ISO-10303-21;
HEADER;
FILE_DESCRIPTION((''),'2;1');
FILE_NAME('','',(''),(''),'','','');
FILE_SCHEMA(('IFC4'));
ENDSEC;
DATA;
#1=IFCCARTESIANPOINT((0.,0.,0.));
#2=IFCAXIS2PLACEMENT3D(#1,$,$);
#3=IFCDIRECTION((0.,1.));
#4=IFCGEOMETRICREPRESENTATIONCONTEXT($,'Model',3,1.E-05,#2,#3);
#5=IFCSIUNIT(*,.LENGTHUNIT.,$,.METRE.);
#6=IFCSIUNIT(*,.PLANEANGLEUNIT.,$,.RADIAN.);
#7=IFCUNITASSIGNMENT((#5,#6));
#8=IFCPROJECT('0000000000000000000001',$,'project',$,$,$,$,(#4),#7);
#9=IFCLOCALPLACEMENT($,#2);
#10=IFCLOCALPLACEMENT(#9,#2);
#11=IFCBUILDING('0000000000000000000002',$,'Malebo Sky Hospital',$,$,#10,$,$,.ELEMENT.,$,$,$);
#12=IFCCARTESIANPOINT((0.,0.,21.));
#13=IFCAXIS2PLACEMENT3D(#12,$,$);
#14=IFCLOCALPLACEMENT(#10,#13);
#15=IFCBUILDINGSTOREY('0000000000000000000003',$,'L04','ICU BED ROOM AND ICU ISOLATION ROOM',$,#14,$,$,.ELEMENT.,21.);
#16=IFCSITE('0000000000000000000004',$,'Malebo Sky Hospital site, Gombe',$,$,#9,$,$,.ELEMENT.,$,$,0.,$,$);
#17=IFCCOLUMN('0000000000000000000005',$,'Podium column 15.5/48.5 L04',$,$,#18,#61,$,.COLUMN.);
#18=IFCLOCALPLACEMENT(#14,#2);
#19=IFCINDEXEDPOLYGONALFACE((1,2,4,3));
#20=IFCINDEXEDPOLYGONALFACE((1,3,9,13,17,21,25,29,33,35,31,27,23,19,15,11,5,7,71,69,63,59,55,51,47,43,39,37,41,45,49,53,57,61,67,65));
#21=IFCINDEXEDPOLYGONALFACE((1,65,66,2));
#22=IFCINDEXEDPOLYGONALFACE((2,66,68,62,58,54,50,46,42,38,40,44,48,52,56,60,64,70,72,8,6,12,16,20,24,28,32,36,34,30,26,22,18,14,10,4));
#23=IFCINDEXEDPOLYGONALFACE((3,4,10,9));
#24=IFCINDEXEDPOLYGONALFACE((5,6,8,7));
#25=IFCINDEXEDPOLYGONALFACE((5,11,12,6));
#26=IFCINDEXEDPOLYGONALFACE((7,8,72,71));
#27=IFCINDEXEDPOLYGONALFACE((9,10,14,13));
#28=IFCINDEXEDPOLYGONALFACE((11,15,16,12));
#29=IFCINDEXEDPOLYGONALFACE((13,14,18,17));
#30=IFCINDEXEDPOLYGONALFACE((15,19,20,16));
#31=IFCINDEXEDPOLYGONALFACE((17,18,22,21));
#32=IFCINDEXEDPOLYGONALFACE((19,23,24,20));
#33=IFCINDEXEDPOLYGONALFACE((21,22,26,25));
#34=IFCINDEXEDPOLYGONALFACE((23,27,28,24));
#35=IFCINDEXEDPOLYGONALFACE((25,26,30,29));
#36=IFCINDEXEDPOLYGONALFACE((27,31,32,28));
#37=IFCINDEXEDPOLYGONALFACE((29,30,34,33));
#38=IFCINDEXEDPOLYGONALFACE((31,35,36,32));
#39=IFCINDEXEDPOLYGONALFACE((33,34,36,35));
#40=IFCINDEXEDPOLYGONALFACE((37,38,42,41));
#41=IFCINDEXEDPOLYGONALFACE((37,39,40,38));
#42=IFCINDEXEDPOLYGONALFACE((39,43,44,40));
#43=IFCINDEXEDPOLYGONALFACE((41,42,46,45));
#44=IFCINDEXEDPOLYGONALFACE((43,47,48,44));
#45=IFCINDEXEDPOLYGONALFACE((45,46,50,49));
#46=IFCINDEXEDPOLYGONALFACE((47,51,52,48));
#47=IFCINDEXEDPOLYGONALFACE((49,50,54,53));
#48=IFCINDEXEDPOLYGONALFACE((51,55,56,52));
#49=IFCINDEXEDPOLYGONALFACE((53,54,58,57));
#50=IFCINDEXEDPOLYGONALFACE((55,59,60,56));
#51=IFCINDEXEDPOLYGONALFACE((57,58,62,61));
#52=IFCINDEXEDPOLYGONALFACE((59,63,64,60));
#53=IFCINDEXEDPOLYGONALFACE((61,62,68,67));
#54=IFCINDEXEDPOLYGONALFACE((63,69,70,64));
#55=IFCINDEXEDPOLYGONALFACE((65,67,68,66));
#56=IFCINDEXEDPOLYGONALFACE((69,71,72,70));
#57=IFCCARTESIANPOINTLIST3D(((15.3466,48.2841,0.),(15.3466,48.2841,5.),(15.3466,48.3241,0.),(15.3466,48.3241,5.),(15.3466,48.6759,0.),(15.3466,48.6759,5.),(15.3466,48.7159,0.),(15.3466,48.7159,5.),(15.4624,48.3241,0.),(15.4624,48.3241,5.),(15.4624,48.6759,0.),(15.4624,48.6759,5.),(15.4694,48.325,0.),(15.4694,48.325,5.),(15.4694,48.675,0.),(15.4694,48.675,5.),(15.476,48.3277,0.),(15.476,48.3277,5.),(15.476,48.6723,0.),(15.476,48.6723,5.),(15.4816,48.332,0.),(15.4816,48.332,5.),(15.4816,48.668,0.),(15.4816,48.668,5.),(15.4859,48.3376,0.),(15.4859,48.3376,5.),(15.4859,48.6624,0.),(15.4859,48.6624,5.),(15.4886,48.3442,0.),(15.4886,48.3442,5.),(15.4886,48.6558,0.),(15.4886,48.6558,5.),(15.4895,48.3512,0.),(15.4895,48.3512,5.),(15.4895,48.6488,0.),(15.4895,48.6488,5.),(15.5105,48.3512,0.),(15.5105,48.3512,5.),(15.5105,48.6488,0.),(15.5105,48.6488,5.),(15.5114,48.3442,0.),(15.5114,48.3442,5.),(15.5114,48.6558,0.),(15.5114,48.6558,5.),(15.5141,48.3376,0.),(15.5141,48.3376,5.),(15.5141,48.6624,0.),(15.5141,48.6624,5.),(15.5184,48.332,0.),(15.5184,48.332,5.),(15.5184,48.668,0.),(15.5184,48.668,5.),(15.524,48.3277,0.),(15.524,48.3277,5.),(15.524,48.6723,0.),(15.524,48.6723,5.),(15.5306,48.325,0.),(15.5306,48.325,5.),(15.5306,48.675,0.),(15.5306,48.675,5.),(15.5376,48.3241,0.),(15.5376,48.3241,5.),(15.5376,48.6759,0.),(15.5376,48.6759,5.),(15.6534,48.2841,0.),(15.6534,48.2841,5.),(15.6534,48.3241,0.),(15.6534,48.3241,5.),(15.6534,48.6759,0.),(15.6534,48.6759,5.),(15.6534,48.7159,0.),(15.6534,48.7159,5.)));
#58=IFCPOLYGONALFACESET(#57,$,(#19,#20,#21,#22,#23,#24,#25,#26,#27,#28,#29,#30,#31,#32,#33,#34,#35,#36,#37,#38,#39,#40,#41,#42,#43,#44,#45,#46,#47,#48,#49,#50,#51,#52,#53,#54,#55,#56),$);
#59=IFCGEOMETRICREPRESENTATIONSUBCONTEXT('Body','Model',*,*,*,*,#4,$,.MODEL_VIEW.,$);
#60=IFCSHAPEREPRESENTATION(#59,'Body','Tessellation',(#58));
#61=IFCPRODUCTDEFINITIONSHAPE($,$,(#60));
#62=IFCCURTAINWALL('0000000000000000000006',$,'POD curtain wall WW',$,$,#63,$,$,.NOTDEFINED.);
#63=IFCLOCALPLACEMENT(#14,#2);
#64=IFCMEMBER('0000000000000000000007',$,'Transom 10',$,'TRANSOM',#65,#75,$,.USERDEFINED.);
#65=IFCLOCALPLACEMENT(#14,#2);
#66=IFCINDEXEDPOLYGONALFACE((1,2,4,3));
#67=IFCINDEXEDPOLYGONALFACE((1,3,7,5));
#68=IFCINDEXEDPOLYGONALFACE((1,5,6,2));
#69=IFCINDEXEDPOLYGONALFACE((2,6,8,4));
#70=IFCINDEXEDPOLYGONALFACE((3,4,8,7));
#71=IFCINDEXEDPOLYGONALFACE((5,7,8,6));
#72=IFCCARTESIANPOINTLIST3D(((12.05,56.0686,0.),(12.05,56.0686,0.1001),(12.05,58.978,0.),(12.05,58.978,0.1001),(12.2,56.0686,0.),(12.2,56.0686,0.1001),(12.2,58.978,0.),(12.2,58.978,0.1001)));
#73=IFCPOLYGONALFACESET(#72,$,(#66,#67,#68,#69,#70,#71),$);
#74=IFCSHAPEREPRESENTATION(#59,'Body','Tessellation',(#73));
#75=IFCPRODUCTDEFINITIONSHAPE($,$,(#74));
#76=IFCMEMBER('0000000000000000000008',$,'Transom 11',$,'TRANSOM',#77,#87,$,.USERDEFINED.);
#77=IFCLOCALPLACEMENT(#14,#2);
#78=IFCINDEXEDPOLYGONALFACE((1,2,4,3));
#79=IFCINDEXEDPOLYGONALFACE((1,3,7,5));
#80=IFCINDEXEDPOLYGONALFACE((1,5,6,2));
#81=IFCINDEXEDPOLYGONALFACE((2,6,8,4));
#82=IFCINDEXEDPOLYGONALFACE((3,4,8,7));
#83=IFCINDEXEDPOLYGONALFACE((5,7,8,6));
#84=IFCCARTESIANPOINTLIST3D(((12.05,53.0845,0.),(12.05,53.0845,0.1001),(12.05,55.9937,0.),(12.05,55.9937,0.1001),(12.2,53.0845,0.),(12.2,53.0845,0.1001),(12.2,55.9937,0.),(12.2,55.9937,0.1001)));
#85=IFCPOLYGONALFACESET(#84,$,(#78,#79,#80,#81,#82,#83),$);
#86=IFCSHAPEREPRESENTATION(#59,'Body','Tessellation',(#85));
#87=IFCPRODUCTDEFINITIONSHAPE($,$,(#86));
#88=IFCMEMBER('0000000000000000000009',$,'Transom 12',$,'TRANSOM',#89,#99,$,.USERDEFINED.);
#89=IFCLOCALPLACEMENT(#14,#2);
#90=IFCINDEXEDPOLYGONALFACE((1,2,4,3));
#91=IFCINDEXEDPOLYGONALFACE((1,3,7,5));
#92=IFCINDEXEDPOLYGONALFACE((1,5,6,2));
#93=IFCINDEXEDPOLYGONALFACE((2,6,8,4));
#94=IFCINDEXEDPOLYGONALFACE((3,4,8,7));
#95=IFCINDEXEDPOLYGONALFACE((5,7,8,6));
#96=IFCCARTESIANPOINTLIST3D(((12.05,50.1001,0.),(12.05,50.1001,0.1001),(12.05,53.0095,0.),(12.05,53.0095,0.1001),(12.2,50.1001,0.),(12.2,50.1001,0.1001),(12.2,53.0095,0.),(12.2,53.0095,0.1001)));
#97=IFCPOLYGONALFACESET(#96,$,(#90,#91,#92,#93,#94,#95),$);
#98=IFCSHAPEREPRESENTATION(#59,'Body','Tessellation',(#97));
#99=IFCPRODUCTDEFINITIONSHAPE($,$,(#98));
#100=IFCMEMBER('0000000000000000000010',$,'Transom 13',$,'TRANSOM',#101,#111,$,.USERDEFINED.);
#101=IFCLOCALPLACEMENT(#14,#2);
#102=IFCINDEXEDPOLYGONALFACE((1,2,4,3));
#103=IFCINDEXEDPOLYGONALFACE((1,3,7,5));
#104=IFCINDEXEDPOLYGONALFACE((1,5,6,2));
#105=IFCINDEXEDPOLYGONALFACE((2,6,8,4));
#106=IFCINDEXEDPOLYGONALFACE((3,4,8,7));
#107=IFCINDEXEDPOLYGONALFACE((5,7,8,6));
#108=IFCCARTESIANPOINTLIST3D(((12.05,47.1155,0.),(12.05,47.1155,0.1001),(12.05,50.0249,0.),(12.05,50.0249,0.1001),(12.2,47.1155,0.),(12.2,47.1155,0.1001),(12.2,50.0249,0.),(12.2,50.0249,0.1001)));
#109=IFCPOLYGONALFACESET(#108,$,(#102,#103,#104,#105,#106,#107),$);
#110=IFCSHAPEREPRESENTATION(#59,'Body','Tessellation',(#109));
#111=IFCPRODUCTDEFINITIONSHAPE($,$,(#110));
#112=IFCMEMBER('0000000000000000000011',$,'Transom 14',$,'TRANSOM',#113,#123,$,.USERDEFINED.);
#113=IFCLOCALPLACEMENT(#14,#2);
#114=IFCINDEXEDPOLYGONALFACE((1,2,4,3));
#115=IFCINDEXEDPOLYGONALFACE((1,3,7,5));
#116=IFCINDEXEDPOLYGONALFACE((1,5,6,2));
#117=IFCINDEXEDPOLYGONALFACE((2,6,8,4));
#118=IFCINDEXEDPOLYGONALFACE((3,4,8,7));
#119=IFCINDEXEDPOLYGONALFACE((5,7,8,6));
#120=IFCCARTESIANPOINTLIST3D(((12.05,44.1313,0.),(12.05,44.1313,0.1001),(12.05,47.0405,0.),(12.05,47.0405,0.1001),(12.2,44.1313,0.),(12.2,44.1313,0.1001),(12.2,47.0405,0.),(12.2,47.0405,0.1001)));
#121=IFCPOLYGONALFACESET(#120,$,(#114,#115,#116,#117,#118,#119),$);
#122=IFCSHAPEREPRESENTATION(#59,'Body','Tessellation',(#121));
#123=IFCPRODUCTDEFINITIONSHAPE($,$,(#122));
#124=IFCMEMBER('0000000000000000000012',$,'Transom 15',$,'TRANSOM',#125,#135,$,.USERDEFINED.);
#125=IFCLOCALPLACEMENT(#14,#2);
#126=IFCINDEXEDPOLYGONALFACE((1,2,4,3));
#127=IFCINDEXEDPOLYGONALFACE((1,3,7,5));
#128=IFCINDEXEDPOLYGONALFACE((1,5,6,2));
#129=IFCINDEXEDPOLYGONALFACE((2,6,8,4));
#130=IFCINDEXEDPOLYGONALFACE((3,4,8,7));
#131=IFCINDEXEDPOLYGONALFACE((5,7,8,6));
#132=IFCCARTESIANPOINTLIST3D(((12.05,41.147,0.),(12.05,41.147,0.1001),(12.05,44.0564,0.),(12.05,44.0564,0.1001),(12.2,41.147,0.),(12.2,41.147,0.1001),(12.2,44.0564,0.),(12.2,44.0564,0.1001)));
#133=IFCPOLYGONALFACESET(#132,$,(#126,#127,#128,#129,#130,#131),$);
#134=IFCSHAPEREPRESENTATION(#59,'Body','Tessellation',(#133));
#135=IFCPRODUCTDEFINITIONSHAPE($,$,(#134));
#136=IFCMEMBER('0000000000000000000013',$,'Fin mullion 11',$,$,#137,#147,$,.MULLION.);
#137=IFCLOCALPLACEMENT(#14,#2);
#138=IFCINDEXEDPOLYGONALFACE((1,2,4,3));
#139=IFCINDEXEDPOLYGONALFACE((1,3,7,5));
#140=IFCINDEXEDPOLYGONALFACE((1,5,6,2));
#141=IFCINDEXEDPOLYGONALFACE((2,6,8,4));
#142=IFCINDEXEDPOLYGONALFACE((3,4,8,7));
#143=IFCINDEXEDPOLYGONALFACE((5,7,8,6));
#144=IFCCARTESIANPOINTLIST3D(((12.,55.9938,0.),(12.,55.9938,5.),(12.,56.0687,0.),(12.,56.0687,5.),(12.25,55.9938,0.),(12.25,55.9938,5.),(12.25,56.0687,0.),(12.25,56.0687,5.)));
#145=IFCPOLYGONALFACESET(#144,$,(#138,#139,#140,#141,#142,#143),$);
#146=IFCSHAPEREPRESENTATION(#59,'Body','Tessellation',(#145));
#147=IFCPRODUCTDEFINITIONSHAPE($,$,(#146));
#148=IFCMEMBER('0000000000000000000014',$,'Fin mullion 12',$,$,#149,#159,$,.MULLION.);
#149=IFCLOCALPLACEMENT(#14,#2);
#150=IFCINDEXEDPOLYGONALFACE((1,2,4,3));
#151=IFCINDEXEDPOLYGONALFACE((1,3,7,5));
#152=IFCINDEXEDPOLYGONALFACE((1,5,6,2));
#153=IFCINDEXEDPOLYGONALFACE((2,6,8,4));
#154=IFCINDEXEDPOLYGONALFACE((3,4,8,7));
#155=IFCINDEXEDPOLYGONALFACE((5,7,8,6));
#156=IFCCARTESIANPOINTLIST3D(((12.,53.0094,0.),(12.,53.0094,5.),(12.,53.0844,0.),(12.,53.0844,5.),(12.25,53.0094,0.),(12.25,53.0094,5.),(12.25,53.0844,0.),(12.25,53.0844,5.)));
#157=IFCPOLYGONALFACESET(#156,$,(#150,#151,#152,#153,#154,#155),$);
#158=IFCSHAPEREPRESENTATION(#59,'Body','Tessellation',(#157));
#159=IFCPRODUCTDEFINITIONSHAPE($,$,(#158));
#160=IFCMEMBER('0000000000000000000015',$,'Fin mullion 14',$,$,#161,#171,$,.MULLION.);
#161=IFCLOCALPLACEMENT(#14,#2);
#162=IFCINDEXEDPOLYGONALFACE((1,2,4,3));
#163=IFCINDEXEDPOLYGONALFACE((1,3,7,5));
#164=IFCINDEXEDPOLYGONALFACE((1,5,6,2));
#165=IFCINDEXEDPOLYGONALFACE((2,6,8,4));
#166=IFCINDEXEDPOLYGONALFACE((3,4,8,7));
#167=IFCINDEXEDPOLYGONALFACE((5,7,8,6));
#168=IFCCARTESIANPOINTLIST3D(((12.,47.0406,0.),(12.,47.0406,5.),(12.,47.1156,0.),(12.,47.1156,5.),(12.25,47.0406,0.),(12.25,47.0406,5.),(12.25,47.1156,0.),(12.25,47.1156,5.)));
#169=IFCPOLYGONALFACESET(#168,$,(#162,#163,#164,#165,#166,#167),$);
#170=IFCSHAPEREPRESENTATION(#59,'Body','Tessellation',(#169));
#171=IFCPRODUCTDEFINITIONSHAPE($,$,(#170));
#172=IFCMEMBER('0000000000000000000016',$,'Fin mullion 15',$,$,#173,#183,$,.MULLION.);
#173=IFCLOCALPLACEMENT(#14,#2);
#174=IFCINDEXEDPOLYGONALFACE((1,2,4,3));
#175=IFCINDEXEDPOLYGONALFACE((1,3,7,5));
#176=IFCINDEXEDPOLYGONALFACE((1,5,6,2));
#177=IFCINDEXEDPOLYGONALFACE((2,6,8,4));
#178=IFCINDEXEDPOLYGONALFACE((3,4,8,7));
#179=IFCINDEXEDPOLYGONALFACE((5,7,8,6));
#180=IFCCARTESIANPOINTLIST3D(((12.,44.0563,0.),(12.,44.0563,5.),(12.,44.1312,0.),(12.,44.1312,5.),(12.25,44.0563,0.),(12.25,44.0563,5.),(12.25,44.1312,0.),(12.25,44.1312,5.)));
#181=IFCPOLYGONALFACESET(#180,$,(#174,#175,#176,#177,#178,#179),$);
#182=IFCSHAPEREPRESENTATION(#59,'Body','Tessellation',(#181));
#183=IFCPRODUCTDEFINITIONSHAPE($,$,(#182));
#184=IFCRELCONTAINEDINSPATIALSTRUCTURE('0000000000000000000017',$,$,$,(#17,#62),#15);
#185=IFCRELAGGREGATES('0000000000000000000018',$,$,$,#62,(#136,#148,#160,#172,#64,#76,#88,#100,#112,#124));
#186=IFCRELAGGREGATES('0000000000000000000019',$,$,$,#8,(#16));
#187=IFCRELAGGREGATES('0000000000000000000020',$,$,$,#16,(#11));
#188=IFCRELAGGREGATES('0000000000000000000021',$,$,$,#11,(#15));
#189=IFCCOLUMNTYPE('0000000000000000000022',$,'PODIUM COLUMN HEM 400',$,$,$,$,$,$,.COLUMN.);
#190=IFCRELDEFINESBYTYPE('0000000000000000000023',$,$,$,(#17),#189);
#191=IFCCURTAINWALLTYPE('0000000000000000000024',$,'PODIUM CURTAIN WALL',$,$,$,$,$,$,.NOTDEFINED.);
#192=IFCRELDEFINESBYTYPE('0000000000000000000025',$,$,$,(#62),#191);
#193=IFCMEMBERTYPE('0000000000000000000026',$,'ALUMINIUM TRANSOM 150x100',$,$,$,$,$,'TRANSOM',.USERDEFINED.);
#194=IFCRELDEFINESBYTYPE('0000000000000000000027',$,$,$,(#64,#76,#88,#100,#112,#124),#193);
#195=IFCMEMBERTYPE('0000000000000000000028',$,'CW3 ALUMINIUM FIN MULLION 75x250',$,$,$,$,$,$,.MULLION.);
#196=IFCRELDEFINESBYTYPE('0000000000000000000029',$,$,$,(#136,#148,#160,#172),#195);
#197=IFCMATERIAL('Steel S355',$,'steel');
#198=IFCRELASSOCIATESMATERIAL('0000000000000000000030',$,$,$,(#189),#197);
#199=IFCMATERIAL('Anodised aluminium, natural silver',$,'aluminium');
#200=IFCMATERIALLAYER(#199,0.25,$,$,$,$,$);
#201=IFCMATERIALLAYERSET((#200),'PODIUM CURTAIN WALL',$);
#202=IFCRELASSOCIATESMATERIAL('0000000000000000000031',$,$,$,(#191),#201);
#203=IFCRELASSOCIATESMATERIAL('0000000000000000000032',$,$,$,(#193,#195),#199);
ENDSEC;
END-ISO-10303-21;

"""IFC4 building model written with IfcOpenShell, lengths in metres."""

from ifc_helpers import new_model, si_unit, direction, frame, origin, origin_2d, place, context, subcontext, project, spatial, rectangle, i_section, extrude, material, layer, layer_set, material_profile, profile_set, type_object, element, aggregate, save


model = new_model("IFC4")

# Units and contexts
model_context = context("Model", 3, precision=1e-05, world=origin(), true_north=direction((0.0, 1.0)))
body_context = subcontext(model_context, "Body", "Model", "MODEL_VIEW")
ifc_project = project(units=[si_unit("LENGTHUNIT", "METRE"), si_unit("PLANEANGLEUNIT", "RADIAN")], contexts=[model_context])

# Site, building, storey
site_placement = place(None, origin())
site = spatial("IfcSite", under=ifc_project, at=site_placement, Name="Malebo Sky Hospital site, Gombe", CompositionType="ELEMENT", RefElevation=0.0)
building_placement = place(site_placement, origin())
building = spatial("IfcBuilding", under=site, at=building_placement, Name="Malebo Sky Hospital", CompositionType="ELEMENT")
storey_placement = place(building_placement, frame((0.0, 0.0, 21.0)))
storey = spatial("IfcBuildingStorey", under=building, at=storey_placement, Name="L04", Description="ICU BED ROOM AND ICU ISOLATION ROOM", CompositionType="ELEMENT", Elevation=21.0)

# Column
ifc_material_1 = material(Name="Steel S355", Category="steel")
ifc_material_profile_1 = material_profile(ifc_material_1, i_section(OverallWidth=0.3069, OverallDepth=0.4319, WebThickness=0.021, FlangeThickness=0.04, FilletRadius=0.0271, at=origin_2d()), Name="HEM 400")
ifc_profile_set_1 = profile_set([ifc_material_profile_1], Name="Steel S355")
column_type = type_object("IfcColumnType", Name="PODIUM COLUMN HEM 400", PredefinedType="COLUMN", material=ifc_profile_set_1)
column_placement = place(storey_placement, frame((15.5, 48.5, 0.0), z_axis=(0.0, 0.0, 1.0), x_axis=(1.0, 0.0, 0.0)))
element("IfcColumn", 1, at=column_placement, inside=storey, type_object=column_type, Name="Podium column 15.5/48.5 L04", PredefinedType="COLUMN", context=body_context, shape_type="SweptSolid", body=[
    extrude(i_section(OverallWidth=0.3069, OverallDepth=0.4319, WebThickness=0.021, FlangeThickness=0.04, FilletRadius=0.0271, at=origin_2d()), origin(), (0.0, 0.0, 1.0), 5.0),
])

# Curtain wall, members
ifc_material_2 = material(Name="Anodised aluminium, natural silver", Category="aluminium")
ifc_layer_1 = layer(ifc_material_2, 0.25)
ifc_layer_set_1 = layer_set([ifc_layer_1], Name="PODIUM CURTAIN WALL")
curtain_wall_type = type_object("IfcCurtainWallType", Name="PODIUM CURTAIN WALL", PredefinedType="NOTDEFINED", material=ifc_layer_set_1)
curtain_wall_placement = place(storey_placement, origin())
curtain_wall = element("IfcCurtainWall", 2, at=curtain_wall_placement, inside=storey, type_object=curtain_wall_type, Name="POD curtain wall WW", PredefinedType="NOTDEFINED")
ifc_material_profile_2 = material_profile(ifc_material_2, rectangle(XDim=0.1499, YDim=0.1001, at=origin_2d()), Name="ALUMINIUM TRANSOM 150x100")
ifc_profile_set_2 = profile_set([ifc_material_profile_2], Name="Anodised aluminium, natural silver")
member_type_1 = type_object("IfcMemberType", Name="ALUMINIUM TRANSOM 150x100", ElementType="TRANSOM", PredefinedType="USERDEFINED", material=ifc_profile_set_2)
member_1_placement = place(storey_placement, frame((12.125, 58.978, 0.05), z_axis=(0.0, -1.0, 0.0), x_axis=(1.0, 0.0, 0.0)))
member_1 = element("IfcMember", 3, at=member_1_placement, type_object=member_type_1, Name="Transom 10", ObjectType="TRANSOM", PredefinedType="USERDEFINED", context=body_context, shape_type="SweptSolid", body=[
    extrude(rectangle(XDim=0.1499, YDim=0.1001, at=origin_2d()), origin(), (0.0, 0.0, 1.0), 2.9094),
])
member_2_placement = place(storey_placement, frame((12.125, 55.9937, 0.05), z_axis=(0.0, -1.0, 0.0), x_axis=(1.0, 0.0, 0.0)))
member_2 = element("IfcMember", 4, at=member_2_placement, type_object=member_type_1, Name="Transom 11", ObjectType="TRANSOM", PredefinedType="USERDEFINED", context=body_context, shape_type="SweptSolid", body=[
    extrude(rectangle(XDim=0.1499, YDim=0.1001, at=origin_2d()), origin(), (0.0, 0.0, 1.0), 2.9092),
])
member_3_placement = place(storey_placement, frame((12.125, 53.0095, 0.05), z_axis=(0.0, -1.0, 0.0), x_axis=(1.0, 0.0, 0.0)))
member_3 = element("IfcMember", 5, at=member_3_placement, type_object=member_type_1, Name="Transom 12", ObjectType="TRANSOM", PredefinedType="USERDEFINED", context=body_context, shape_type="SweptSolid", body=[
    extrude(rectangle(XDim=0.1499, YDim=0.1001, at=origin_2d()), origin(), (0.0, 0.0, 1.0), 2.9094),
])
member_4_placement = place(storey_placement, frame((12.125, 50.0249, 0.05), z_axis=(0.0, -1.0, 0.0), x_axis=(1.0, 0.0, 0.0)))
member_4 = element("IfcMember", 6, at=member_4_placement, type_object=member_type_1, Name="Transom 13", ObjectType="TRANSOM", PredefinedType="USERDEFINED", context=body_context, shape_type="SweptSolid", body=[
    extrude(rectangle(XDim=0.1499, YDim=0.1001, at=origin_2d()), origin(), (0.0, 0.0, 1.0), 2.9094),
])
member_5_placement = place(storey_placement, frame((12.125, 47.0405, 0.05), z_axis=(0.0, -1.0, 0.0), x_axis=(1.0, 0.0, 0.0)))
member_5 = element("IfcMember", 7, at=member_5_placement, type_object=member_type_1, Name="Transom 14", ObjectType="TRANSOM", PredefinedType="USERDEFINED", context=body_context, shape_type="SweptSolid", body=[
    extrude(rectangle(XDim=0.1499, YDim=0.1001, at=origin_2d()), origin(), (0.0, 0.0, 1.0), 2.9092),
])
member_6_placement = place(storey_placement, frame((12.125, 44.0564, 0.05), z_axis=(0.0, -1.0, 0.0), x_axis=(1.0, 0.0, 0.0)))
member_6 = element("IfcMember", 8, at=member_6_placement, type_object=member_type_1, Name="Transom 15", ObjectType="TRANSOM", PredefinedType="USERDEFINED", context=body_context, shape_type="SweptSolid", body=[
    extrude(rectangle(XDim=0.1499, YDim=0.1001, at=origin_2d()), origin(), (0.0, 0.0, 1.0), 2.9094),
])
ifc_material_profile_3 = material_profile(ifc_material_2, rectangle(XDim=0.075, YDim=0.25, at=origin_2d()), Name="CW3 ALUMINIUM FIN MULLION 75x250")
ifc_profile_set_3 = profile_set([ifc_material_profile_3], Name="Anodised aluminium, natural silver")
member_type_2 = type_object("IfcMemberType", Name="CW3 ALUMINIUM FIN MULLION 75x250", PredefinedType="MULLION", material=ifc_profile_set_3)
member_7_placement = place(storey_placement, frame((12.125, 56.0312, 0.0), z_axis=(0.0, 0.0, 1.0), x_axis=(0.0, -1.0, 0.0)))
member_7 = element("IfcMember", 9, at=member_7_placement, type_object=member_type_2, Name="Fin mullion 11", PredefinedType="MULLION", context=body_context, shape_type="SweptSolid", body=[
    extrude(rectangle(XDim=0.075, YDim=0.25, at=origin_2d()), origin(), (0.0, 0.0, 1.0), 5.0),
])
member_8_placement = place(storey_placement, frame((12.125, 53.0469, 0.0), z_axis=(0.0, 0.0, 1.0), x_axis=(0.0, -1.0, 0.0)))
member_8 = element("IfcMember", 10, at=member_8_placement, type_object=member_type_2, Name="Fin mullion 12", PredefinedType="MULLION", context=body_context, shape_type="SweptSolid", body=[
    extrude(rectangle(XDim=0.075, YDim=0.25, at=origin_2d()), origin(), (0.0, 0.0, 1.0), 5.0),
])
member_9_placement = place(storey_placement, frame((12.125, 47.0781, 0.0), z_axis=(0.0, 0.0, 1.0), x_axis=(0.0, -1.0, 0.0)))
member_9 = element("IfcMember", 11, at=member_9_placement, type_object=member_type_2, Name="Fin mullion 14", PredefinedType="MULLION", context=body_context, shape_type="SweptSolid", body=[
    extrude(rectangle(XDim=0.075, YDim=0.25, at=origin_2d()), origin(), (0.0, 0.0, 1.0), 5.0),
])
member_10_placement = place(storey_placement, frame((12.125, 44.0938, 0.0), z_axis=(0.0, 0.0, 1.0), x_axis=(0.0, -1.0, 0.0)))
member_10 = element("IfcMember", 12, at=member_10_placement, type_object=member_type_2, Name="Fin mullion 15", PredefinedType="MULLION", context=body_context, shape_type="SweptSolid", body=[
    extrude(rectangle(XDim=0.075, YDim=0.25, at=origin_2d()), origin(), (0.0, 0.0, 1.0), 5.0),
])

aggregate(curtain_wall, [member_7, member_8, member_9, member_10, member_1, member_2, member_3, member_4, member_5, member_6])

save(model, "model.ifc")
